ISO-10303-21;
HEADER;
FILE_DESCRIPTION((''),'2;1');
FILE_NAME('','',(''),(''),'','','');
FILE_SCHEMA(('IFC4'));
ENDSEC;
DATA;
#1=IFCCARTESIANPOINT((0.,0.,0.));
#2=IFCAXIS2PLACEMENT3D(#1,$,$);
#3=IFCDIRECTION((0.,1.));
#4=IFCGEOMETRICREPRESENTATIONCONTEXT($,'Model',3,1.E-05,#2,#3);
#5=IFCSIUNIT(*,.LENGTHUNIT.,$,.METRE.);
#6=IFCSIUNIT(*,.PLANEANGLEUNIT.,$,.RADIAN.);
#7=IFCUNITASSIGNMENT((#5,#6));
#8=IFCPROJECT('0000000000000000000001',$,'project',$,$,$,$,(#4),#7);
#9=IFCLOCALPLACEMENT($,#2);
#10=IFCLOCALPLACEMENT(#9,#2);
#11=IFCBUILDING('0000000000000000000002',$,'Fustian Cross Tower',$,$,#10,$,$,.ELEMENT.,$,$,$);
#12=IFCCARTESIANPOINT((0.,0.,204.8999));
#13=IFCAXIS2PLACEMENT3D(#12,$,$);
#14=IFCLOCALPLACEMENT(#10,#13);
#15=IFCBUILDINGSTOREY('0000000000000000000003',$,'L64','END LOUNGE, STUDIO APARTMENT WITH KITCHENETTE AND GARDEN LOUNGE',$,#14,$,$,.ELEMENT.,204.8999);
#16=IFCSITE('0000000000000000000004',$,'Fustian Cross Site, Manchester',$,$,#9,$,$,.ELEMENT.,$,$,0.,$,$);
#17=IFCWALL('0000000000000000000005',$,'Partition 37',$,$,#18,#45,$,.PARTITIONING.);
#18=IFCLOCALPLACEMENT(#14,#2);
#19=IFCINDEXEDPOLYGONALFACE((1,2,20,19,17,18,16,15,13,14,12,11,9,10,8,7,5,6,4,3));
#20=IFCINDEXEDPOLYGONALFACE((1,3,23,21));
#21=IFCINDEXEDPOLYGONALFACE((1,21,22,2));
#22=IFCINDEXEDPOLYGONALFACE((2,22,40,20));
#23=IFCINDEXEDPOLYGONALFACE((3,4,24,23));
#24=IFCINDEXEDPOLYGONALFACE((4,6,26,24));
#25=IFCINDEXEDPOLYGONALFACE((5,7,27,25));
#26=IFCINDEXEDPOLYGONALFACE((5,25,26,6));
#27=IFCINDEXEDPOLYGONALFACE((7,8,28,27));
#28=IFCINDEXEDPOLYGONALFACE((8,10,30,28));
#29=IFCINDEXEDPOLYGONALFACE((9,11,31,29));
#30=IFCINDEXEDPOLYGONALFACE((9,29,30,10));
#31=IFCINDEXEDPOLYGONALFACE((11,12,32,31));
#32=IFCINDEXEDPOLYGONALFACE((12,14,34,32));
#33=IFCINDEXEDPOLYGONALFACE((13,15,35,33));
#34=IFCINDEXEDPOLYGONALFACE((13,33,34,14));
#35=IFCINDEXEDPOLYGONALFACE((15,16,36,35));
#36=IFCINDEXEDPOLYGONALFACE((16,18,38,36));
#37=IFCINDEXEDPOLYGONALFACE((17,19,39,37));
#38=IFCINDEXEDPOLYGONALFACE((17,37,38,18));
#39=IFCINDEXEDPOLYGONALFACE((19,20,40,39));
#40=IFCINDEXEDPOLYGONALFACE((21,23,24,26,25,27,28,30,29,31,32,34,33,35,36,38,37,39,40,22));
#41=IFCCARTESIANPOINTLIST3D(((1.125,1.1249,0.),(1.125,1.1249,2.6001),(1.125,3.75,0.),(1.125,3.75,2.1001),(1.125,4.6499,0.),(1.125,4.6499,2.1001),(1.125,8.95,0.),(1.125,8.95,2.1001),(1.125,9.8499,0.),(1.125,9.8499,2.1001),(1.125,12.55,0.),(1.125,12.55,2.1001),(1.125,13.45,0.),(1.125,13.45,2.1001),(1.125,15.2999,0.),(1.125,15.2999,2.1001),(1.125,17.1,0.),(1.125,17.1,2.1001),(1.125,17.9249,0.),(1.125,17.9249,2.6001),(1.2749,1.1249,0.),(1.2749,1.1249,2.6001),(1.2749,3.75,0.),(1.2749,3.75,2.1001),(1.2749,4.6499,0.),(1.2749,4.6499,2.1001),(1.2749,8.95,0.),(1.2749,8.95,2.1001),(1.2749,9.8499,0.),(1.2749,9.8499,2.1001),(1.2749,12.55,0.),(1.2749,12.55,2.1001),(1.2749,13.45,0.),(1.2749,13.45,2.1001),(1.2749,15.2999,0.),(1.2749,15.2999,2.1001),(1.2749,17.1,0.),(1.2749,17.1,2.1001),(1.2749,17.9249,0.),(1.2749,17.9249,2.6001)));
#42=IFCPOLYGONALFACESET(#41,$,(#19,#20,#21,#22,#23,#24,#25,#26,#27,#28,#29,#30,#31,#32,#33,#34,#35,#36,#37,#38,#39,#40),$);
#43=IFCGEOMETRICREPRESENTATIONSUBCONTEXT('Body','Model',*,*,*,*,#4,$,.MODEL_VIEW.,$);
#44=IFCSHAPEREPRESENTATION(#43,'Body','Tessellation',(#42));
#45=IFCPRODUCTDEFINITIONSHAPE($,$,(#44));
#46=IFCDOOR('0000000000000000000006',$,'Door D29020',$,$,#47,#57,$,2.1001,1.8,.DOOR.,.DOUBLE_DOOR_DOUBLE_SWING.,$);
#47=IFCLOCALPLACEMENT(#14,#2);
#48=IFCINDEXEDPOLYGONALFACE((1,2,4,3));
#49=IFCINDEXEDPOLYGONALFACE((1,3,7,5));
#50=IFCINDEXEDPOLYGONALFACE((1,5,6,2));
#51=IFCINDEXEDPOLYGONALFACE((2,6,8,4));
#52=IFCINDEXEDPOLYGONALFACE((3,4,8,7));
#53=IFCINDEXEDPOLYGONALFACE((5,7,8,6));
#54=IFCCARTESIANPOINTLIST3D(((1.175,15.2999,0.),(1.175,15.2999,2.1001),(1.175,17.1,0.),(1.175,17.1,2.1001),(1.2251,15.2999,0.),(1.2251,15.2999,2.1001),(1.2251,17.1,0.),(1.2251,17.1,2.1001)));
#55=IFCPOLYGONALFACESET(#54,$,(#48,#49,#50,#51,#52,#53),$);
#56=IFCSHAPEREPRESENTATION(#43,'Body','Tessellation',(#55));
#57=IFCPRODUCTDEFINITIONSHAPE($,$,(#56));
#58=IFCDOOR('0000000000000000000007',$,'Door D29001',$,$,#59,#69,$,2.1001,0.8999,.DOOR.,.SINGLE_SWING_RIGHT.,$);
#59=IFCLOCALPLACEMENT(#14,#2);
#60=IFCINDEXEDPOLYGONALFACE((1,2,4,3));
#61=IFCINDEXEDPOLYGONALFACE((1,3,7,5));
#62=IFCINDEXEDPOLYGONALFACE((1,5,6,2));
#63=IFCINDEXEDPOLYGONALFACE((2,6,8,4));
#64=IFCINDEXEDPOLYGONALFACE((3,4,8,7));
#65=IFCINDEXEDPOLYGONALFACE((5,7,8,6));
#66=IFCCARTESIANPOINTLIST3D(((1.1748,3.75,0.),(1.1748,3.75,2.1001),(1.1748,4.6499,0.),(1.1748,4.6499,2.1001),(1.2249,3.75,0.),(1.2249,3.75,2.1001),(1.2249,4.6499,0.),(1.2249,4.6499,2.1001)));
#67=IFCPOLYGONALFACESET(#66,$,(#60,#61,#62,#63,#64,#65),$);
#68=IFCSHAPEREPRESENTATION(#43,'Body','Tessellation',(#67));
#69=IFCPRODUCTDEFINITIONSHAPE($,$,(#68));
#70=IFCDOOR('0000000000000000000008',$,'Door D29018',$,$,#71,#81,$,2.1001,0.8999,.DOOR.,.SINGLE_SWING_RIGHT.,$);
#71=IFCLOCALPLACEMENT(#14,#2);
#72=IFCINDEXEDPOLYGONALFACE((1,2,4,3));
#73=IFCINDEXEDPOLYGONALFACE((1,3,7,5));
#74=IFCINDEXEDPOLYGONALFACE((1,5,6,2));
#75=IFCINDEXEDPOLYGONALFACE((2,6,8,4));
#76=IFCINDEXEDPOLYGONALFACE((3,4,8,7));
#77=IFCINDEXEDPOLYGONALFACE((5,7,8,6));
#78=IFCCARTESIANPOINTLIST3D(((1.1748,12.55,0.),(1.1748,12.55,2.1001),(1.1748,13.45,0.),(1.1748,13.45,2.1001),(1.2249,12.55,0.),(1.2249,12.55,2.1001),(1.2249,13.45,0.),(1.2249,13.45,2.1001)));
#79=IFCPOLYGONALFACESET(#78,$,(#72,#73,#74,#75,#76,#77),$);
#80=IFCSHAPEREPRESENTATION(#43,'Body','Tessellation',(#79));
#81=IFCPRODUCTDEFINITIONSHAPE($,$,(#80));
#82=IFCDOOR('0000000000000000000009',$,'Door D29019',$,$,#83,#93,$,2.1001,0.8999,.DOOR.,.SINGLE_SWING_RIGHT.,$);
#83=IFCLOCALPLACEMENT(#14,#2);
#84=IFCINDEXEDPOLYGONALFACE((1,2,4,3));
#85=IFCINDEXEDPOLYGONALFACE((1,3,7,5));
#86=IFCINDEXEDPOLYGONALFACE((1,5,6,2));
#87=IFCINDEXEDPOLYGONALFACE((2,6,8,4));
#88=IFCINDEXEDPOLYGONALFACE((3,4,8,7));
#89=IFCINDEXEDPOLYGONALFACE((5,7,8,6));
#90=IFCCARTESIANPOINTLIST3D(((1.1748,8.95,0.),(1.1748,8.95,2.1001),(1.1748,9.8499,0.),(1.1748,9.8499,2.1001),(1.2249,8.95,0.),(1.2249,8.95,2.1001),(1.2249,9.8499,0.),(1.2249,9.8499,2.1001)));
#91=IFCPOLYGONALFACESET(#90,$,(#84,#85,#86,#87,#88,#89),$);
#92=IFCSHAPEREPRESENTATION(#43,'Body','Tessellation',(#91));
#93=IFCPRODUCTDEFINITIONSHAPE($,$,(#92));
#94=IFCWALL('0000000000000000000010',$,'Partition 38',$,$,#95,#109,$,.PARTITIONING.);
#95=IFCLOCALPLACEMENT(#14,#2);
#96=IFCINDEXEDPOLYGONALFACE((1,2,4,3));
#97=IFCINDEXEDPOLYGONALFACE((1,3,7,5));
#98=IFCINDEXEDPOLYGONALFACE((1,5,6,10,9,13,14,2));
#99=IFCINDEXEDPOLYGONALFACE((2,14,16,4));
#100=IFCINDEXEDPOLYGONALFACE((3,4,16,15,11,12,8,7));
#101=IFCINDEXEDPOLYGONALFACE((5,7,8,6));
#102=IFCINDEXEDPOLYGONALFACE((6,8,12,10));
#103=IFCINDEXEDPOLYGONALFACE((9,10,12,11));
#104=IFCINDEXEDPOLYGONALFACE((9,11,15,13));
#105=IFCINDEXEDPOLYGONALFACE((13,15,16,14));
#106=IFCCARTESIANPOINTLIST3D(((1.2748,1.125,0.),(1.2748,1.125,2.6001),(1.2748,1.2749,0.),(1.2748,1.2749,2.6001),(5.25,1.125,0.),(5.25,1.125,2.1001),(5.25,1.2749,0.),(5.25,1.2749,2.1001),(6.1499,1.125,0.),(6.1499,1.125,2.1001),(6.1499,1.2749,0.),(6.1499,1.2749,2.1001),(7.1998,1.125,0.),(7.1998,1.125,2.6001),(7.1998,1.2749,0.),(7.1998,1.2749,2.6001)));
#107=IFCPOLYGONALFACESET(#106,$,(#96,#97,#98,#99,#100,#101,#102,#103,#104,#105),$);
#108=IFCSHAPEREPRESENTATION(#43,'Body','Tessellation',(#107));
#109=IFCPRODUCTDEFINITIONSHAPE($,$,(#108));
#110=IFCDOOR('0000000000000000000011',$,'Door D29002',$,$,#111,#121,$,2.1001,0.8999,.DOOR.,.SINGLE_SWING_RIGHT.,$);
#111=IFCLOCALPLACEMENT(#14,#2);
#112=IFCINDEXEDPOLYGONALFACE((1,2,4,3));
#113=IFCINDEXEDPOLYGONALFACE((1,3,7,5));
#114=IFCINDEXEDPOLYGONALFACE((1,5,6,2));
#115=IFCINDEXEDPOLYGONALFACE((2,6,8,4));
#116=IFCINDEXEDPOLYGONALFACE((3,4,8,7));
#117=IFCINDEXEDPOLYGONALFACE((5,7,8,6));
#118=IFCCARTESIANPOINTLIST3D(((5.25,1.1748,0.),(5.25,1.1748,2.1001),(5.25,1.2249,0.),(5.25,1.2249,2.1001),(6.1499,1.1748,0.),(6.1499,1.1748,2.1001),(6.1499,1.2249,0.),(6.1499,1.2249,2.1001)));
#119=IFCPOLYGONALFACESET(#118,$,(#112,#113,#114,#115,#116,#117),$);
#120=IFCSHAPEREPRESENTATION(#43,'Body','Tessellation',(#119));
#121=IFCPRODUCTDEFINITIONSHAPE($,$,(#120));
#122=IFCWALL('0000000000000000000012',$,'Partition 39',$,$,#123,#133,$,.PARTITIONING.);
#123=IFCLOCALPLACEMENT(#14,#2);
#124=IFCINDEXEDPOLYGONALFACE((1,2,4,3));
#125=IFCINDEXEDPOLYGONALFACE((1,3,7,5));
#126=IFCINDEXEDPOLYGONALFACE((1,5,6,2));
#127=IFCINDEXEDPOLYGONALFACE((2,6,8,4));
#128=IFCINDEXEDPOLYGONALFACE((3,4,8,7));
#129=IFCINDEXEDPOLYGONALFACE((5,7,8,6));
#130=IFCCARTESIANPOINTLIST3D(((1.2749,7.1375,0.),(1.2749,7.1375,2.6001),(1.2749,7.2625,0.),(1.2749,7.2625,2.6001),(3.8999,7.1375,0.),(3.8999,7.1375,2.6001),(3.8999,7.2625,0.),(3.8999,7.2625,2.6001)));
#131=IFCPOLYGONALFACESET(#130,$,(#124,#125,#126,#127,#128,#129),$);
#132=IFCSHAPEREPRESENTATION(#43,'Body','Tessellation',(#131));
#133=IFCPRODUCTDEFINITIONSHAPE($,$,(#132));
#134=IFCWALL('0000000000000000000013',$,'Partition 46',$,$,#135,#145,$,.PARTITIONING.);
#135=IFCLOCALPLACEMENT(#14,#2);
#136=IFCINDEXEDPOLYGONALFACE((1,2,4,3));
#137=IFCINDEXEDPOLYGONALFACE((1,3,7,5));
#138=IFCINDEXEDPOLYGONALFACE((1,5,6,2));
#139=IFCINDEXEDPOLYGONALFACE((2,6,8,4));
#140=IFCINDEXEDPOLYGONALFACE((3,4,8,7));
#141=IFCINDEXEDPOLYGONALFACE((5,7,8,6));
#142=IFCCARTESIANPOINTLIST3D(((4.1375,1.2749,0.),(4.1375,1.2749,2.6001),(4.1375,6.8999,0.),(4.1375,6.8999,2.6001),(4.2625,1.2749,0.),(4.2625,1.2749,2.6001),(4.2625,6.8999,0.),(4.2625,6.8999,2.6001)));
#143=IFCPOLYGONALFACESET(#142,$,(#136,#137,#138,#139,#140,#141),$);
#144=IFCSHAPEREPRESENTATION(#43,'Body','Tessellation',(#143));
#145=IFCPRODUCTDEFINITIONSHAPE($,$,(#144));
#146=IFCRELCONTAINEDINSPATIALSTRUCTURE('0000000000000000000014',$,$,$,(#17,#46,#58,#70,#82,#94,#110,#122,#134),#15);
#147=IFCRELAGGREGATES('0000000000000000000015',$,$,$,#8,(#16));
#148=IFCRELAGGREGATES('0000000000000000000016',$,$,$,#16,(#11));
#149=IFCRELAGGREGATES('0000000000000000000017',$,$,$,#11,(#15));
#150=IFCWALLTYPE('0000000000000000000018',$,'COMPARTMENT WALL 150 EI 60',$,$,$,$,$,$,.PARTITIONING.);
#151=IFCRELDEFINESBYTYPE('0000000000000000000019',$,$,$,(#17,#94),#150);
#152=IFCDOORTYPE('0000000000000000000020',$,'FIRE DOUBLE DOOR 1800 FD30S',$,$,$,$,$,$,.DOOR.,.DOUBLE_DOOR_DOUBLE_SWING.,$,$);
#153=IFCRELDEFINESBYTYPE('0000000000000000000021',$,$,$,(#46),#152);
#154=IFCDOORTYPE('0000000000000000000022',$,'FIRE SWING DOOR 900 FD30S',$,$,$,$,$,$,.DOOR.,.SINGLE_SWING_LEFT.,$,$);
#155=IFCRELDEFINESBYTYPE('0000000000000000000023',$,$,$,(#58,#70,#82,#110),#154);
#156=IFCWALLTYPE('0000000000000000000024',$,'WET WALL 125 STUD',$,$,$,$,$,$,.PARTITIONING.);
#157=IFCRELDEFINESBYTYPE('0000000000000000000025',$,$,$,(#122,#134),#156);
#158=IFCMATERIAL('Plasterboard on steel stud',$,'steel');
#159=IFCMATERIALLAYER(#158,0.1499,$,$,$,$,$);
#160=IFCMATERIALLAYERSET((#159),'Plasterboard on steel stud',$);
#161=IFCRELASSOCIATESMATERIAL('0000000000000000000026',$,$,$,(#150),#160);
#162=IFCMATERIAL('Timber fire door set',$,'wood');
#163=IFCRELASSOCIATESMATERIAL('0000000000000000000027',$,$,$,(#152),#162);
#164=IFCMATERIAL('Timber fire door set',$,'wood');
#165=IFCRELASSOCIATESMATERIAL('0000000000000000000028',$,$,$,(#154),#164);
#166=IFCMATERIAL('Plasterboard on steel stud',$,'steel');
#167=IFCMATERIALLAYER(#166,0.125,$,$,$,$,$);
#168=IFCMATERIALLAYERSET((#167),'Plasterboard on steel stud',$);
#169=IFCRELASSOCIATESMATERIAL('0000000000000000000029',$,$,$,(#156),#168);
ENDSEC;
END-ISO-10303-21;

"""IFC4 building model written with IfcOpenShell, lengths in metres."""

from ifc_helpers import new_model, si_unit, direction, frame, frame_2d, origin, place, context, subcontext, project, spatial, rectangle, extrude, material, layer, layer_set, type_object, element, fill, save


model = new_model("IFC4")

# Units and contexts
model_context = context("Model", 3, precision=1e-05, world=origin(), true_north=direction((0.0, 1.0)))
body_context = subcontext(model_context, "Body", "Model", "MODEL_VIEW")
ifc_project = project(units=[si_unit("LENGTHUNIT", "METRE"), si_unit("PLANEANGLEUNIT", "RADIAN")], contexts=[model_context])

# Site, building, storey
site_placement = place(None, origin())
site = spatial("IfcSite", under=ifc_project, at=site_placement, Name="Fustian Cross Site, Manchester", CompositionType="ELEMENT", RefElevation=0.0)
building_placement = place(site_placement, origin())
building = spatial("IfcBuilding", under=site, at=building_placement, Name="Fustian Cross Tower", CompositionType="ELEMENT")
storey_placement = place(building_placement, frame((0.0, 0.0, 204.8999)))
storey = spatial("IfcBuildingStorey", under=building, at=storey_placement, Name="L64", Description="END LOUNGE, STUDIO APARTMENT WITH KITCHENETTE AND GARDEN LOUNGE", CompositionType="ELEMENT", Elevation=204.8999)

# Wall, openings, doors
ifc_material_1 = material(Name="Plasterboard on steel stud", Category="steel")
ifc_layer_1 = layer(ifc_material_1, 0.1499)
ifc_layer_set_1 = layer_set([ifc_layer_1], Name="Plasterboard on steel stud")
wall_type_1 = type_object("IfcWallType", Name="COMPARTMENT WALL 150 EI 60", PredefinedType="PARTITIONING", material=ifc_layer_set_1)
wall_1_placement = place(storey_placement, frame((1.2, 1.125, 0.0), z_axis=(0.0, 0.0, 1.0), x_axis=(0.0, 1.0, 0.0)))
wall_1 = element("IfcWall", 1, at=wall_1_placement, inside=storey, type_object=wall_type_1, Name="Partition 37", PredefinedType="PARTITIONING", context=body_context, shape_type="SweptSolid", body=[
    extrude(rectangle(XDim=16.8, YDim=0.1499, at=frame_2d((8.3999, 0.0))), origin(), (0.0, 0.0, 1.0), 2.6001),
])
opening_1_placement = place(wall_1_placement, frame((2.625, 0.0, 0.0)))
opening_1 = element("IfcOpeningElement", 2, at=opening_1_placement, cuts=wall_1, PredefinedType="OPENING", context=body_context, shape_type="SweptSolid", body=[
    extrude(rectangle(XDim=0.8999, YDim=2.1001, at=frame_2d((0.45, 1.05))), frame((0.0, 0.085, 0.0), z_axis=(0.0, -1.0, 0.0), x_axis=(1.0, 0.0, 0.0)), (0.0, 0.0, 1.0), 0.1699),
])
opening_2_placement = place(wall_1_placement, frame((11.425, 0.0, 0.0)))
opening_2 = element("IfcOpeningElement", 3, at=opening_2_placement, cuts=wall_1, PredefinedType="OPENING", context=body_context, shape_type="SweptSolid", body=[
    extrude(rectangle(XDim=0.8999, YDim=2.1001, at=frame_2d((0.45, 1.05))), frame((0.0, 0.085, 0.0), z_axis=(0.0, -1.0, 0.0), x_axis=(1.0, 0.0, 0.0)), (0.0, 0.0, 1.0), 0.1699),
])
opening_3_placement = place(wall_1_placement, frame((7.825, 0.0, 0.0)))
opening_3 = element("IfcOpeningElement", 4, at=opening_3_placement, cuts=wall_1, PredefinedType="OPENING", context=body_context, shape_type="SweptSolid", body=[
    extrude(rectangle(XDim=0.8999, YDim=2.1001, at=frame_2d((0.45, 1.05))), frame((0.0, 0.085, 0.0), z_axis=(0.0, -1.0, 0.0), x_axis=(1.0, 0.0, 0.0)), (0.0, 0.0, 1.0), 0.1699),
])
opening_4_placement = place(wall_1_placement, frame((14.175, 0.0, 0.0)))
opening_4 = element("IfcOpeningElement", 5, at=opening_4_placement, cuts=wall_1, PredefinedType="OPENING", context=body_context, shape_type="SweptSolid", body=[
    extrude(rectangle(XDim=1.8, YDim=2.1001, at=frame_2d((0.8999, 1.05))), frame((0.0, 0.085, 0.0), z_axis=(0.0, -1.0, 0.0), x_axis=(1.0, 0.0, 0.0)), (0.0, 0.0, 1.0), 0.1699),
])
ifc_material_2 = material(Name="Timber fire door set", Category="wood")
door_type_1 = type_object("IfcDoorType", Name="FIRE DOUBLE DOOR 1800 FD30S", OperationType="DOUBLE_DOOR_DOUBLE_SWING", PredefinedType="DOOR", material=ifc_material_2)
door_1_placement = place(opening_4_placement, origin())
door_1 = element("IfcDoor", 6, at=door_1_placement, inside=storey, type_object=door_type_1, Name="Door D29020", OperationType="DOUBLE_DOOR_DOUBLE_SWING", OverallHeight=2.1001, OverallWidth=1.8, PredefinedType="DOOR", context=body_context, shape_type="SweptSolid", body=[
    extrude(rectangle(XDim=1.8, YDim=2.1001, at=frame_2d((0.8999, 1.05))), frame((0.0, 0.0249, 0.0), z_axis=(0.0, -1.0, 0.0), x_axis=(1.0, 0.0, 0.0)), (0.0, 0.0, 1.0), 0.05),
])
fill(opening_4, door_1)
ifc_material_3 = material(Name="Timber fire door set", Category="wood")
door_type_2 = type_object("IfcDoorType", Name="FIRE SWING DOOR 900 FD30S", OperationType="SINGLE_SWING_LEFT", PredefinedType="DOOR", material=ifc_material_3)
door_2_placement = place(opening_1_placement, frame((0.8999, 0.0, 0.0), z_axis=(0.0, 0.0, 1.0), x_axis=(-1.0, 0.0, 0.0)))
door_2 = element("IfcDoor", 7, at=door_2_placement, inside=storey, type_object=door_type_2, Name="Door D29001", OperationType="SINGLE_SWING_RIGHT", OverallHeight=2.1001, OverallWidth=0.8999, PredefinedType="DOOR", context=body_context, shape_type="SweptSolid", body=[
    extrude(rectangle(XDim=0.8999, YDim=2.1001, at=frame_2d((0.45, 1.05))), frame((0.0, 0.0249, 0.0), z_axis=(0.0, -1.0, 0.0), x_axis=(1.0, 0.0, 0.0)), (0.0, 0.0, 1.0), 0.05),
])
fill(opening_1, door_2)
door_3_placement = place(opening_2_placement, frame((0.8999, 0.0, 0.0), z_axis=(0.0, 0.0, 1.0), x_axis=(-1.0, 0.0, 0.0)))
door_3 = element("IfcDoor", 8, at=door_3_placement, inside=storey, type_object=door_type_2, Name="Door D29018", OperationType="SINGLE_SWING_RIGHT", OverallHeight=2.1001, OverallWidth=0.8999, PredefinedType="DOOR", context=body_context, shape_type="SweptSolid", body=[
    extrude(rectangle(XDim=0.8999, YDim=2.1001, at=frame_2d((0.45, 1.05))), frame((0.0, 0.0249, 0.0), z_axis=(0.0, -1.0, 0.0), x_axis=(1.0, 0.0, 0.0)), (0.0, 0.0, 1.0), 0.05),
])
fill(opening_2, door_3)
door_4_placement = place(opening_3_placement, frame((0.8999, 0.0, 0.0), z_axis=(0.0, 0.0, 1.0), x_axis=(-1.0, 0.0, 0.0)))
door_4 = element("IfcDoor", 9, at=door_4_placement, inside=storey, type_object=door_type_2, Name="Door D29019", OperationType="SINGLE_SWING_RIGHT", OverallHeight=2.1001, OverallWidth=0.8999, PredefinedType="DOOR", context=body_context, shape_type="SweptSolid", body=[
    extrude(rectangle(XDim=0.8999, YDim=2.1001, at=frame_2d((0.45, 1.05))), frame((0.0, 0.0249, 0.0), z_axis=(0.0, -1.0, 0.0), x_axis=(1.0, 0.0, 0.0)), (0.0, 0.0, 1.0), 0.05),
])
fill(opening_3, door_4)

# Wall, opening, door
wall_2_placement = place(storey_placement, frame((1.2749, 1.2, 0.0), z_axis=(0.0, 0.0, 1.0), x_axis=(1.0, 0.0, 0.0)))
wall_2 = element("IfcWall", 10, at=wall_2_placement, inside=storey, type_object=wall_type_1, Name="Partition 38", PredefinedType="PARTITIONING", context=body_context, shape_type="SweptSolid", body=[
    extrude(rectangle(XDim=5.925, YDim=0.1499, at=frame_2d((2.9624, 0.0))), origin(), (0.0, 0.0, 1.0), 2.6001),
])
opening_5_placement = place(wall_2_placement, frame((3.9751, 0.0, 0.0)))
opening_5 = element("IfcOpeningElement", 11, at=opening_5_placement, cuts=wall_2, PredefinedType="OPENING", context=body_context, shape_type="SweptSolid", body=[
    extrude(rectangle(XDim=0.8999, YDim=2.1001, at=frame_2d((0.45, 1.05))), frame((0.0, 0.085, 0.0), z_axis=(0.0, -1.0, 0.0), x_axis=(1.0, 0.0, 0.0)), (0.0, 0.0, 1.0), 0.1699),
])
door_5_placement = place(opening_5_placement, origin())
door_5 = element("IfcDoor", 12, at=door_5_placement, inside=storey, type_object=door_type_2, Name="Door D29002", OperationType="SINGLE_SWING_RIGHT", OverallHeight=2.1001, OverallWidth=0.8999, PredefinedType="DOOR", context=body_context, shape_type="SweptSolid", body=[
    extrude(rectangle(XDim=0.8999, YDim=2.1001, at=frame_2d((0.45, 1.05))), frame((0.0, 0.0249, 0.0), z_axis=(0.0, -1.0, 0.0), x_axis=(1.0, 0.0, 0.0)), (0.0, 0.0, 1.0), 0.05),
])
fill(opening_5, door_5)

# Walls
ifc_material_4 = material(Name="Plasterboard on steel stud", Category="steel")
ifc_layer_2 = layer(ifc_material_4, 0.125)
ifc_layer_set_2 = layer_set([ifc_layer_2], Name="Plasterboard on steel stud")
wall_type_2 = type_object("IfcWallType", Name="WET WALL 125 STUD", PredefinedType="PARTITIONING", material=ifc_layer_set_2)
wall_3_placement = place(storey_placement, frame((1.2749, 7.2, 0.0), z_axis=(0.0, 0.0, 1.0), x_axis=(1.0, 0.0, 0.0)))
element("IfcWall", 13, at=wall_3_placement, inside=storey, type_object=wall_type_2, Name="Partition 39", PredefinedType="PARTITIONING", context=body_context, shape_type="SweptSolid", body=[
    extrude(rectangle(XDim=2.625, YDim=0.125, at=frame_2d((1.3125, 0.0))), origin(), (0.0, 0.0, 1.0), 2.6001),
])
wall_4_placement = place(storey_placement, frame((4.2, 1.2749, 0.0), z_axis=(0.0, 0.0, 1.0), x_axis=(0.0, 1.0, 0.0)))
element("IfcWall", 14, at=wall_4_placement, inside=storey, type_object=wall_type_2, Name="Partition 46", PredefinedType="PARTITIONING", context=body_context, shape_type="SweptSolid", body=[
    extrude(rectangle(XDim=5.625, YDim=0.125, at=frame_2d((2.8125, 0.0))), origin(), (0.0, 0.0, 1.0), 2.6001),
])

save(model, "model.ifc")
